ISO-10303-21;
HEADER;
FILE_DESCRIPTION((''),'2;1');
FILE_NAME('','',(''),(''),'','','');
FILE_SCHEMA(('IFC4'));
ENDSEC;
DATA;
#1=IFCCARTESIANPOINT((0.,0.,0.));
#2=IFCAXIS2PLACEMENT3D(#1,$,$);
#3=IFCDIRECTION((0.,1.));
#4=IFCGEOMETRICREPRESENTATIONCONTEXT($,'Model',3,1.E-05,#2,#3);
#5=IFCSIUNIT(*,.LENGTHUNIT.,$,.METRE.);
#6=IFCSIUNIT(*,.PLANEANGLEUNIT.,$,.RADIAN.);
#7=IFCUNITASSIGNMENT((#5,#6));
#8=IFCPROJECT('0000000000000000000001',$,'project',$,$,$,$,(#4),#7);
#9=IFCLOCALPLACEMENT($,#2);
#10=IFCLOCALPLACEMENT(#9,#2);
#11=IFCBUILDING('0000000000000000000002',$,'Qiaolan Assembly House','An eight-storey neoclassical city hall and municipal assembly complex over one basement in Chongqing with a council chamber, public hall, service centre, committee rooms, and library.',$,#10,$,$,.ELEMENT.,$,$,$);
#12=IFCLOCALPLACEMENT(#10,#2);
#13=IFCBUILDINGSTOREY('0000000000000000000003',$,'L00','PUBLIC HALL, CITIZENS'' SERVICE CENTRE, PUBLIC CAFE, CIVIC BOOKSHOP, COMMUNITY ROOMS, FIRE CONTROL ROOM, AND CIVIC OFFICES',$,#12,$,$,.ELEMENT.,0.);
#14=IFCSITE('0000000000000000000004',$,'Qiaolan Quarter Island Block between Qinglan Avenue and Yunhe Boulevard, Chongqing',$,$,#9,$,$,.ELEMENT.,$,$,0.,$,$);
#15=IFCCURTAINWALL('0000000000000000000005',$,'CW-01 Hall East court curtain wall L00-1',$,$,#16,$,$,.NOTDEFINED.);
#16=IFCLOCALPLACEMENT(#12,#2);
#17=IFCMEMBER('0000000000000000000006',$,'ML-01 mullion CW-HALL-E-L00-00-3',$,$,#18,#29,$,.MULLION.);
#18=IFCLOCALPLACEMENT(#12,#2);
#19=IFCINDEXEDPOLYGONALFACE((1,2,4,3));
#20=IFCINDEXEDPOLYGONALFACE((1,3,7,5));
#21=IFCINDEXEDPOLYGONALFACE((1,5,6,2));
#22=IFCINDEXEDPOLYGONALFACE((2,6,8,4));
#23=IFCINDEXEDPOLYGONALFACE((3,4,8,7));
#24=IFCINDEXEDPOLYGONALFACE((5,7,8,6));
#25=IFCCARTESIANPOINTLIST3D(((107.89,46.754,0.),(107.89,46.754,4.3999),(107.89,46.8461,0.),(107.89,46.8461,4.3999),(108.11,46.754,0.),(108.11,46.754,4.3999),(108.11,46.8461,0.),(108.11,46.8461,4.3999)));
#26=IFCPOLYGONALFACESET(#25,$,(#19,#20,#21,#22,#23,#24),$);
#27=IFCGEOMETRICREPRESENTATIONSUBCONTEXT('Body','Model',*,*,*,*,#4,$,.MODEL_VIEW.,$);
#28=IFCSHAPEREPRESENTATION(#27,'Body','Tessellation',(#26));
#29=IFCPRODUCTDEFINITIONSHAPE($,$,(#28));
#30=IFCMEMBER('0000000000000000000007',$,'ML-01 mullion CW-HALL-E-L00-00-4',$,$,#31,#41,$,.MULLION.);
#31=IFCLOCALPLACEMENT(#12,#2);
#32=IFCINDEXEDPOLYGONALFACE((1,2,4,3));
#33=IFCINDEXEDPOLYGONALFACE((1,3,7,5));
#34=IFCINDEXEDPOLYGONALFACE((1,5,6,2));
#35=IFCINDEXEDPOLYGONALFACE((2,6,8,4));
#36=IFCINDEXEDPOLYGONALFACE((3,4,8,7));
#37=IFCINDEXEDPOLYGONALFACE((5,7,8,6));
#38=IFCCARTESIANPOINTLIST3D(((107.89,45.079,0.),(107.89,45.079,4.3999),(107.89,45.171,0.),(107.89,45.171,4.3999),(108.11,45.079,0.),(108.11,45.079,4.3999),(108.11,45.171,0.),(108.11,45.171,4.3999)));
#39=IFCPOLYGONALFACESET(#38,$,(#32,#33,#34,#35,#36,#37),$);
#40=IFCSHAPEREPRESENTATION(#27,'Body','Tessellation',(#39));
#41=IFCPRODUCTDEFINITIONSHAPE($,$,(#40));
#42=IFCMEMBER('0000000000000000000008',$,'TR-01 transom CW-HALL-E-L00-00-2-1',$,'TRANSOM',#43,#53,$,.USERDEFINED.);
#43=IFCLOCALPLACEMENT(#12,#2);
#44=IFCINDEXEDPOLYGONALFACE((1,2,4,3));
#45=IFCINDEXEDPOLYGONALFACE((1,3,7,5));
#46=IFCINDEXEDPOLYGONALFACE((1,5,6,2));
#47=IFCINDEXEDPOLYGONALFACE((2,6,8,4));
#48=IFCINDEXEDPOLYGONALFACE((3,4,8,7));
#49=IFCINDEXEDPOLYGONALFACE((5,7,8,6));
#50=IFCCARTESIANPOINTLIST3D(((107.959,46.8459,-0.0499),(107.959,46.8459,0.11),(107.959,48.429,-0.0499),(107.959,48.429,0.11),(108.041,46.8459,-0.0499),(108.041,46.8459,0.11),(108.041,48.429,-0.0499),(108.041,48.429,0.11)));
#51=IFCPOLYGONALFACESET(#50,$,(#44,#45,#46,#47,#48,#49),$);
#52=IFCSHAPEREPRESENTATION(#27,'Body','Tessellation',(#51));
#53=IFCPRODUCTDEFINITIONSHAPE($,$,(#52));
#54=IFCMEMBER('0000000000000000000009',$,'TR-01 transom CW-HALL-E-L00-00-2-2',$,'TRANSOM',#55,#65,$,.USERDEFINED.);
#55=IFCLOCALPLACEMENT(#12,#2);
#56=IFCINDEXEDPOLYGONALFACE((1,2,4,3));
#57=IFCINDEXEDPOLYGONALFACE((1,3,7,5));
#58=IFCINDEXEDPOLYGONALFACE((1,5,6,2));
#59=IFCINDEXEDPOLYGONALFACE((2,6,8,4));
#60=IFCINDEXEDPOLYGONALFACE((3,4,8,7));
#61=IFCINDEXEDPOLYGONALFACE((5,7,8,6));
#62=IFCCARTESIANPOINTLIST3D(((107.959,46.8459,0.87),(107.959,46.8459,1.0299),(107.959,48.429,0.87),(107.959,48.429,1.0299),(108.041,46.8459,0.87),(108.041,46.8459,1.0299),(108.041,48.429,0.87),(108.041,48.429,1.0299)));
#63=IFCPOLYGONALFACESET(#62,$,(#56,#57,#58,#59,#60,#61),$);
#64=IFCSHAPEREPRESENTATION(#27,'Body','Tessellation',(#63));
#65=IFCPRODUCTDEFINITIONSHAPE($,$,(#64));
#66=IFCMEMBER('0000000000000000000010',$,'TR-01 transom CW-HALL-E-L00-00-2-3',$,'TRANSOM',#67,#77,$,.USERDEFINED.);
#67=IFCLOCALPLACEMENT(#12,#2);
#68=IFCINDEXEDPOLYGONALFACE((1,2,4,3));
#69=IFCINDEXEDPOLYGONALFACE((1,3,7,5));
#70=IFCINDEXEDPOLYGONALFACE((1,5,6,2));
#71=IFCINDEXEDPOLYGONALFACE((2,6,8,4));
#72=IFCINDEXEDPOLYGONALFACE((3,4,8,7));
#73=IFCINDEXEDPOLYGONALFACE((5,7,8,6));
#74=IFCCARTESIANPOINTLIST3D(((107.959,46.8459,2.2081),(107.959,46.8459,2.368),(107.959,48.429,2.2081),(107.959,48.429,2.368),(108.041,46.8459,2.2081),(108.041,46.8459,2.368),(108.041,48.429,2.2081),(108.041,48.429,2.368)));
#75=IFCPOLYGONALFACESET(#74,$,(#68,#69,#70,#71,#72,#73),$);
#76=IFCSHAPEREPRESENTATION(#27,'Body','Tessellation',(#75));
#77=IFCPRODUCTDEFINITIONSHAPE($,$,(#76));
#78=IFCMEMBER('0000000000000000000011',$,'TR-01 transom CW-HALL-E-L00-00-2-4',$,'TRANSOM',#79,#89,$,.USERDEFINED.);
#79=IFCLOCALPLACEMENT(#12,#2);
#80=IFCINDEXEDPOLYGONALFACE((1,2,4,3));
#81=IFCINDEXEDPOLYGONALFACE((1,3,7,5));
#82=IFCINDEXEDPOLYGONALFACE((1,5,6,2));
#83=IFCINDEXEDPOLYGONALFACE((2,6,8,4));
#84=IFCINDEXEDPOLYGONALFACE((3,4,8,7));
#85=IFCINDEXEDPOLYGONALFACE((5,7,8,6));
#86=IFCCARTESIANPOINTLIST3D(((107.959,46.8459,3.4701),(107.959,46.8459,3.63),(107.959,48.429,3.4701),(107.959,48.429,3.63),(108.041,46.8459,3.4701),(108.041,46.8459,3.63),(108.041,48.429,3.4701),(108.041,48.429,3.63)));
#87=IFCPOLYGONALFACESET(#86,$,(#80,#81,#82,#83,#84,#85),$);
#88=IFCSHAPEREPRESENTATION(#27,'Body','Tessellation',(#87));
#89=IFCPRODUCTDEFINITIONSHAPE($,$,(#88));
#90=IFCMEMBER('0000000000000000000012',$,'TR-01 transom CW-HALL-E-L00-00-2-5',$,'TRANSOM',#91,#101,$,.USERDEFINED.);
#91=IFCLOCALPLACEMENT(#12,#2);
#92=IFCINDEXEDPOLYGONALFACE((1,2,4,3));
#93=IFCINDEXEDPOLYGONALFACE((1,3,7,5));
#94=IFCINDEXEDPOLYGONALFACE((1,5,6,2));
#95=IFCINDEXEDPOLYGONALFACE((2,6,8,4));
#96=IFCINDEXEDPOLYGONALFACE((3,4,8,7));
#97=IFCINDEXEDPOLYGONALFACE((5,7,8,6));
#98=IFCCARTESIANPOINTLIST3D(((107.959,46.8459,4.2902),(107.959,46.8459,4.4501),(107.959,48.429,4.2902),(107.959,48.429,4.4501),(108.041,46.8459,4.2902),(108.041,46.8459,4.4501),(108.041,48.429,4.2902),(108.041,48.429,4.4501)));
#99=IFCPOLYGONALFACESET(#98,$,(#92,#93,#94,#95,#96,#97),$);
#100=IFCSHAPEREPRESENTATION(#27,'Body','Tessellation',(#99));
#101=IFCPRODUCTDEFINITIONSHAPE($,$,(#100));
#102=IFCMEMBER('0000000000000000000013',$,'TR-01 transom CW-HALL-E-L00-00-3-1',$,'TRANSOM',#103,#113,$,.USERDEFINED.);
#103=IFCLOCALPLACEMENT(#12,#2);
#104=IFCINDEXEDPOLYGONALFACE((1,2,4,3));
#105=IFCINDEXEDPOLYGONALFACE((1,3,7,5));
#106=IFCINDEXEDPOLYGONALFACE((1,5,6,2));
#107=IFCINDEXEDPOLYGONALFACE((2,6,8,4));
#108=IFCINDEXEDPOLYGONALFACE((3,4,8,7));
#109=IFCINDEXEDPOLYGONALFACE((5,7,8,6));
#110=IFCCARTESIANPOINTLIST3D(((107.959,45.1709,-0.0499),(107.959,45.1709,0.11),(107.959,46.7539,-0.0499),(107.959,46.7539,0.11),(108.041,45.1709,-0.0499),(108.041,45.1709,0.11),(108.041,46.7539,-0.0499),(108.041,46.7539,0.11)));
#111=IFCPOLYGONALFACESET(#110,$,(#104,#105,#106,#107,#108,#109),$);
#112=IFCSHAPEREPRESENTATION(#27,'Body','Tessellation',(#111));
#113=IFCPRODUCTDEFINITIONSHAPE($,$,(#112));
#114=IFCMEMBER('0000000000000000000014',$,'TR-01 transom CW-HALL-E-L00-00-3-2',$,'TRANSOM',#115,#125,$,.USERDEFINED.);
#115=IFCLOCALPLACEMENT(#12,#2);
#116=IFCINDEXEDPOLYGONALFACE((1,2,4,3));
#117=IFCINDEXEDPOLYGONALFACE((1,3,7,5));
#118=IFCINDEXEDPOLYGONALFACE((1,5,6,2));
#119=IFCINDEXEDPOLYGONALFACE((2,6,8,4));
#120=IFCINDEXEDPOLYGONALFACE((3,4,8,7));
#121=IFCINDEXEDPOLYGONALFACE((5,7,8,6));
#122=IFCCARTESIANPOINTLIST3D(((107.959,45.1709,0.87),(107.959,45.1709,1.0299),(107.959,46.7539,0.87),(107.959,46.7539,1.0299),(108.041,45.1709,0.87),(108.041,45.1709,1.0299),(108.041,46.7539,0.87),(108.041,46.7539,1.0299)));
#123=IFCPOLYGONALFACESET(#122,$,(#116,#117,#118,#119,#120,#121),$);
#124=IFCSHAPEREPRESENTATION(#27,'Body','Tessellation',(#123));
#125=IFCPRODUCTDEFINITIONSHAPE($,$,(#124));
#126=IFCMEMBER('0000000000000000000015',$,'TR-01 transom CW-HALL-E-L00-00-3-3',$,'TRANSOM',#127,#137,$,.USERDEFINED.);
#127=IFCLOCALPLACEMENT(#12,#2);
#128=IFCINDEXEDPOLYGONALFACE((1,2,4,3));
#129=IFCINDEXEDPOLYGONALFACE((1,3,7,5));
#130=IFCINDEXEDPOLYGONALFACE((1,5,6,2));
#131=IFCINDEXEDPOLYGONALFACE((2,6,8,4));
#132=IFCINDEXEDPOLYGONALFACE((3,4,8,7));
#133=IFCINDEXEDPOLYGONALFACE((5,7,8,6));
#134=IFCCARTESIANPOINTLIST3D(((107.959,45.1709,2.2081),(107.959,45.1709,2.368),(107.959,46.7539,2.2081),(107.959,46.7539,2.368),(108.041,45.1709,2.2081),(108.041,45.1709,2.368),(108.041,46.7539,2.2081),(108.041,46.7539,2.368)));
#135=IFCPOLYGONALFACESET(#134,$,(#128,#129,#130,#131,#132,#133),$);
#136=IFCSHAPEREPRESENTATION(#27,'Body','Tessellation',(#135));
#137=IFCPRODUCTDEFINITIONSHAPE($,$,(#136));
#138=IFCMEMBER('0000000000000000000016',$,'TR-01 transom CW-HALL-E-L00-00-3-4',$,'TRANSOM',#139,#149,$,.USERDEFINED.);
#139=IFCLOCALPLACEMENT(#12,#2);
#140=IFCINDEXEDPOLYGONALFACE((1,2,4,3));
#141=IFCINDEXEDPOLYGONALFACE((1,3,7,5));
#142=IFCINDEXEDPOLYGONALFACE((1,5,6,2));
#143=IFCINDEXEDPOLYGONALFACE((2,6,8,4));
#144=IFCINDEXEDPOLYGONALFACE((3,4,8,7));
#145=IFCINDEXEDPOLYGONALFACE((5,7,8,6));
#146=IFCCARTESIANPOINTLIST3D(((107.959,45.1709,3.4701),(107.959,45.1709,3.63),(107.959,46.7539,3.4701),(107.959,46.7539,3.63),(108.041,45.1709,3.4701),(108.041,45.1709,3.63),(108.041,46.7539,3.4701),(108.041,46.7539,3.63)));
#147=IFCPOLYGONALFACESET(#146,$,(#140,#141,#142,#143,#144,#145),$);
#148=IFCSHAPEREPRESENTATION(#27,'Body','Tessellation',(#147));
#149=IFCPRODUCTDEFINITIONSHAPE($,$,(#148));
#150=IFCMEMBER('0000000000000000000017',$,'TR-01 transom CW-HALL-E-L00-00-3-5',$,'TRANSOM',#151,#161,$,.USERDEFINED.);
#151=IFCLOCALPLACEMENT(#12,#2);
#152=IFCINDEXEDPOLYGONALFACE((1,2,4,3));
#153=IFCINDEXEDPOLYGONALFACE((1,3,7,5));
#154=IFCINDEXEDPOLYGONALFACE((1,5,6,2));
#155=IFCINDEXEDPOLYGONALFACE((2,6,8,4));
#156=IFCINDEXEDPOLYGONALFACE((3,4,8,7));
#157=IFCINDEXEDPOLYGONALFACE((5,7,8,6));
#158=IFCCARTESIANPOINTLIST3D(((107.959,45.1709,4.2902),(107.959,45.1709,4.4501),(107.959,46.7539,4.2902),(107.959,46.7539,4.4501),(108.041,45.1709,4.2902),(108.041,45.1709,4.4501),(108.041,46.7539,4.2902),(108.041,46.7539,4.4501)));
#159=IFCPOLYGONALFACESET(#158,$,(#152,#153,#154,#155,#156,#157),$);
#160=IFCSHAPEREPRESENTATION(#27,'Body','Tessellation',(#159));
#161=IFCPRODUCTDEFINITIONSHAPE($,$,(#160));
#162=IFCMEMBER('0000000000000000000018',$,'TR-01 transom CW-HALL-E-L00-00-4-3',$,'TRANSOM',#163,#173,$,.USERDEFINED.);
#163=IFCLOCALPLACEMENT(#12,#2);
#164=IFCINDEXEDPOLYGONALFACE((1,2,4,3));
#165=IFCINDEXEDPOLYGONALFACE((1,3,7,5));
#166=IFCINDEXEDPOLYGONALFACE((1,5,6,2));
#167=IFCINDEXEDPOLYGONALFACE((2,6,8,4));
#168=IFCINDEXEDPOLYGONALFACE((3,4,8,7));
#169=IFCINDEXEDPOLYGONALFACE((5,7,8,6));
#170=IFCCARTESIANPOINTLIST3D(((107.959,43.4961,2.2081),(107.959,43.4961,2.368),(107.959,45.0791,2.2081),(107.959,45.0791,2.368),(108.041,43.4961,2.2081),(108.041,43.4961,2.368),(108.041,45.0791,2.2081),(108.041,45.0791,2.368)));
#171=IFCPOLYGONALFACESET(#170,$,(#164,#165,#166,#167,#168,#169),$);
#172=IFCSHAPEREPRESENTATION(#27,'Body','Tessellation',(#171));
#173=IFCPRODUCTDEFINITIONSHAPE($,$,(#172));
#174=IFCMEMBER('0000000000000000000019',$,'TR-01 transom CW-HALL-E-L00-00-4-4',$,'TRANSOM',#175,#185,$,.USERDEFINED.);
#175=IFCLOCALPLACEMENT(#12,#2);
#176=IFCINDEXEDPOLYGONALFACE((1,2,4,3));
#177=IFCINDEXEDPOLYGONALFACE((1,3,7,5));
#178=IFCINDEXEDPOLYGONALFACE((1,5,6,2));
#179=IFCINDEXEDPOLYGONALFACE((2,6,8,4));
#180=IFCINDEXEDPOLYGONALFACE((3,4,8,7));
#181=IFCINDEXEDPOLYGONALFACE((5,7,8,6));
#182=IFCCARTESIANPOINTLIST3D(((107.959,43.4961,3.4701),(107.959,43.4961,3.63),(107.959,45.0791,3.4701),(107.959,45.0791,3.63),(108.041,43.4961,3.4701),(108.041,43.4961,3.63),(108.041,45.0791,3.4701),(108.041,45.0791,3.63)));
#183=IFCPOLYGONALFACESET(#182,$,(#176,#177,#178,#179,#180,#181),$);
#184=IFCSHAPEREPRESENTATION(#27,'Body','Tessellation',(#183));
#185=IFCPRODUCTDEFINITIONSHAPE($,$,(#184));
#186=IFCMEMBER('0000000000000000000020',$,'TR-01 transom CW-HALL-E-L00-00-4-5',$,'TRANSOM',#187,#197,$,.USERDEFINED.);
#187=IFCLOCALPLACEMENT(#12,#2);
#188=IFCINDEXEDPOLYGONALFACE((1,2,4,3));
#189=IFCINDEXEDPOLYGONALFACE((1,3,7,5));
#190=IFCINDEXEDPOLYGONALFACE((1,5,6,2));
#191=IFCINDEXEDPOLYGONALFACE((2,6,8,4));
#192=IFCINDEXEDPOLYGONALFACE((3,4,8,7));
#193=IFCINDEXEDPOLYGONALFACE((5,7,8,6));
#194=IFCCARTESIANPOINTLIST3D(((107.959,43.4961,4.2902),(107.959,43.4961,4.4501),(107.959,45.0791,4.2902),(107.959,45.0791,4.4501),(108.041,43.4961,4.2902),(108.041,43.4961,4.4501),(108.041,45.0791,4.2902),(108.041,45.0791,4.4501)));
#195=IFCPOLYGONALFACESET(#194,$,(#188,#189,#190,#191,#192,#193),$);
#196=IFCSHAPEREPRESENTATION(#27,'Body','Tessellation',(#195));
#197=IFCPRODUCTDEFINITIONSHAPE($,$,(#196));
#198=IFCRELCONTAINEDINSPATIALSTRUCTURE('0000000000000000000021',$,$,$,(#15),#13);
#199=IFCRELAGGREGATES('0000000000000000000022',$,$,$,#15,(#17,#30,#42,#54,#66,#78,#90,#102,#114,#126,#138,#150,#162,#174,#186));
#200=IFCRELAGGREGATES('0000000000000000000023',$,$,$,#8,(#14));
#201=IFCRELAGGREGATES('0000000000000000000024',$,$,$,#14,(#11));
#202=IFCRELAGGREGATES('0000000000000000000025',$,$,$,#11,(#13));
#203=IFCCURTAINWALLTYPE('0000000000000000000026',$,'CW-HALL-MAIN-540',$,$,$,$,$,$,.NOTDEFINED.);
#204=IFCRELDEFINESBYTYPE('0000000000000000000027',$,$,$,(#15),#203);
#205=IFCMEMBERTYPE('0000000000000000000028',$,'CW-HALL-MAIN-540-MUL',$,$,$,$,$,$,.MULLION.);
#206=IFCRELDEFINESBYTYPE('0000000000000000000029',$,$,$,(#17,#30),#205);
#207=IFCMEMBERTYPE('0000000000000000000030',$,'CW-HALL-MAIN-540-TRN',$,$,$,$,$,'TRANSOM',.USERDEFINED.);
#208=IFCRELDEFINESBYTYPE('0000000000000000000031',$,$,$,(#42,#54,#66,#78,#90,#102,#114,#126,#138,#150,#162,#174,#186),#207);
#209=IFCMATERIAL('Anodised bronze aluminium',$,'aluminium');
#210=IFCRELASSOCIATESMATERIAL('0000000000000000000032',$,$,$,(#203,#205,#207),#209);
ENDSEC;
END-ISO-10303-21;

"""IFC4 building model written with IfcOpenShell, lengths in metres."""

from ifc_helpers import new_model, si_unit, direction, frame, origin, origin_2d, place, context, subcontext, project, spatial, rectangle, extrude, material, material_profile, profile_set, type_object, element, aggregate, save


model = new_model("IFC4")

# Units and contexts
model_context = context("Model", 3, precision=1e-05, world=origin(), true_north=direction((0.0, 1.0)))
body_context = subcontext(model_context, "Body", "Model", "MODEL_VIEW")
ifc_project = project(units=[si_unit("LENGTHUNIT", "METRE"), si_unit("PLANEANGLEUNIT", "RADIAN")], contexts=[model_context])

# Site, building, storey
site_placement = place(None, origin())
site = spatial("IfcSite", under=ifc_project, at=site_placement, Name="Qiaolan Quarter Island Block between Qinglan Avenue and Yunhe Boulevard, Chongqing", CompositionType="ELEMENT", RefElevation=0.0)
building_placement = place(site_placement, origin())
building = spatial("IfcBuilding", under=site, at=building_placement, Name="Qiaolan Assembly House", Description="An eight-storey neoclassical city hall and municipal assembly complex over one basement in Chongqing with a council chamber, public hall, service centre, committee rooms, and library.", CompositionType="ELEMENT")
storey_placement = place(building_placement, origin())
storey = spatial("IfcBuildingStorey", under=building, at=storey_placement, Name="L00", Description="PUBLIC HALL, CITIZENS' SERVICE CENTRE, PUBLIC CAFE, CIVIC BOOKSHOP, COMMUNITY ROOMS, FIRE CONTROL ROOM, AND CIVIC OFFICES", CompositionType="ELEMENT", Elevation=0.0)

# Curtain wall, members
ifc_material_1 = material(Name="Anodised bronze aluminium", Category="aluminium")
curtain_wall_type = type_object("IfcCurtainWallType", Name="CW-HALL-MAIN-540", PredefinedType="NOTDEFINED", material=ifc_material_1)
curtain_wall_placement = place(storey_placement, origin())
curtain_wall = element("IfcCurtainWall", 1, at=curtain_wall_placement, inside=storey, type_object=curtain_wall_type, Name="CW-01 Hall East court curtain wall L00-1", PredefinedType="NOTDEFINED")
ifc_material_profile_1 = material_profile(ifc_material_1, rectangle(XDim=0.092, YDim=0.22, at=origin_2d()), Name="MUL 92x220")
ifc_profile_set_1 = profile_set([ifc_material_profile_1], Name="Anodised bronze aluminium")
member_type_1 = type_object("IfcMemberType", Name="CW-HALL-MAIN-540-MUL", PredefinedType="MULLION", material=ifc_profile_set_1)
member_1_placement = place(storey_placement, frame((108.0, 46.8, 0.0), z_axis=(0.0, 0.0, 1.0), x_axis=(0.0, -1.0, 0.0)))
member_1 = element("IfcMember", 2, at=member_1_placement, type_object=member_type_1, Name="ML-01 mullion CW-HALL-E-L00-00-3", PredefinedType="MULLION", context=body_context, shape_type="SweptSolid", body=[
    extrude(rectangle(XDim=0.092, YDim=0.22, at=origin_2d()), origin(), (0.0, 0.0, 1.0), 4.3999),
])
member_2_placement = place(storey_placement, frame((108.0, 45.125, 0.0), z_axis=(0.0, 0.0, 1.0), x_axis=(0.0, -1.0, 0.0)))
member_2 = element("IfcMember", 3, at=member_2_placement, type_object=member_type_1, Name="ML-01 mullion CW-HALL-E-L00-00-4", PredefinedType="MULLION", context=body_context, shape_type="SweptSolid", body=[
    extrude(rectangle(XDim=0.092, YDim=0.22, at=origin_2d()), origin(), (0.0, 0.0, 1.0), 4.3999),
])
ifc_material_profile_2 = material_profile(ifc_material_1, rectangle(XDim=0.082, YDim=0.1599, at=origin_2d()), Name="TRN 82x160")
ifc_profile_set_2 = profile_set([ifc_material_profile_2], Name="Anodised bronze aluminium")
member_type_2 = type_object("IfcMemberType", Name="CW-HALL-MAIN-540-TRN", ElementType="TRANSOM", PredefinedType="USERDEFINED", material=ifc_profile_set_2)
member_3_placement = place(storey_placement, frame((108.0, 48.429, 0.03), z_axis=(0.0, -1.0, 0.0), x_axis=(1.0, 0.0, 0.0)))
member_3 = element("IfcMember", 4, at=member_3_placement, type_object=member_type_2, Name="TR-01 transom CW-HALL-E-L00-00-2-1", ObjectType="TRANSOM", PredefinedType="USERDEFINED", context=body_context, shape_type="SweptSolid", body=[
    extrude(rectangle(XDim=0.082, YDim=0.1599, at=origin_2d()), origin(), (0.0, 0.0, 1.0), 1.583),
])
member_4_placement = place(storey_placement, frame((108.0, 48.429, 0.95), z_axis=(0.0, -1.0, 0.0), x_axis=(1.0, 0.0, 0.0)))
member_4 = element("IfcMember", 5, at=member_4_placement, type_object=member_type_2, Name="TR-01 transom CW-HALL-E-L00-00-2-2", ObjectType="TRANSOM", PredefinedType="USERDEFINED", context=body_context, shape_type="SweptSolid", body=[
    extrude(rectangle(XDim=0.082, YDim=0.1599, at=origin_2d()), origin(), (0.0, 0.0, 1.0), 1.583),
])
member_5_placement = place(storey_placement, frame((108.0, 48.429, 2.2881), z_axis=(0.0, -1.0, 0.0), x_axis=(1.0, 0.0, 0.0)))
member_5 = element("IfcMember", 6, at=member_5_placement, type_object=member_type_2, Name="TR-01 transom CW-HALL-E-L00-00-2-3", ObjectType="TRANSOM", PredefinedType="USERDEFINED", context=body_context, shape_type="SweptSolid", body=[
    extrude(rectangle(XDim=0.082, YDim=0.1599, at=origin_2d()), origin(), (0.0, 0.0, 1.0), 1.583),
])
member_6_placement = place(storey_placement, frame((108.0, 48.429, 3.55), z_axis=(0.0, -1.0, 0.0), x_axis=(1.0, 0.0, 0.0)))
member_6 = element("IfcMember", 7, at=member_6_placement, type_object=member_type_2, Name="TR-01 transom CW-HALL-E-L00-00-2-4", ObjectType="TRANSOM", PredefinedType="USERDEFINED", context=body_context, shape_type="SweptSolid", body=[
    extrude(rectangle(XDim=0.082, YDim=0.1599, at=origin_2d()), origin(), (0.0, 0.0, 1.0), 1.583),
])
member_7_placement = place(storey_placement, frame((108.0, 48.429, 4.3701), z_axis=(0.0, -1.0, 0.0), x_axis=(1.0, 0.0, 0.0)))
member_7 = element("IfcMember", 8, at=member_7_placement, type_object=member_type_2, Name="TR-01 transom CW-HALL-E-L00-00-2-5", ObjectType="TRANSOM", PredefinedType="USERDEFINED", context=body_context, shape_type="SweptSolid", body=[
    extrude(rectangle(XDim=0.082, YDim=0.1599, at=origin_2d()), origin(), (0.0, 0.0, 1.0), 1.583),
])
member_8_placement = place(storey_placement, frame((108.0, 46.7539, 0.03), z_axis=(0.0, -1.0, 0.0), x_axis=(1.0, 0.0, 0.0)))
member_8 = element("IfcMember", 9, at=member_8_placement, type_object=member_type_2, Name="TR-01 transom CW-HALL-E-L00-00-3-1", ObjectType="TRANSOM", PredefinedType="USERDEFINED", context=body_context, shape_type="SweptSolid", body=[
    extrude(rectangle(XDim=0.082, YDim=0.1599, at=origin_2d()), origin(), (0.0, 0.0, 1.0), 1.583),
])
member_9_placement = place(storey_placement, frame((108.0, 46.7539, 0.95), z_axis=(0.0, -1.0, 0.0), x_axis=(1.0, 0.0, 0.0)))
member_9 = element("IfcMember", 10, at=member_9_placement, type_object=member_type_2, Name="TR-01 transom CW-HALL-E-L00-00-3-2", ObjectType="TRANSOM", PredefinedType="USERDEFINED", context=body_context, shape_type="SweptSolid", body=[
    extrude(rectangle(XDim=0.082, YDim=0.1599, at=origin_2d()), origin(), (0.0, 0.0, 1.0), 1.583),
])
member_10_placement = place(storey_placement, frame((108.0, 46.7539, 2.2881), z_axis=(0.0, -1.0, 0.0), x_axis=(1.0, 0.0, 0.0)))
member_10 = element("IfcMember", 11, at=member_10_placement, type_object=member_type_2, Name="TR-01 transom CW-HALL-E-L00-00-3-3", ObjectType="TRANSOM", PredefinedType="USERDEFINED", context=body_context, shape_type="SweptSolid", body=[
    extrude(rectangle(XDim=0.082, YDim=0.1599, at=origin_2d()), origin(), (0.0, 0.0, 1.0), 1.583),
])
member_11_placement = place(storey_placement, frame((108.0, 46.7539, 3.55), z_axis=(0.0, -1.0, 0.0), x_axis=(1.0, 0.0, 0.0)))
member_11 = element("IfcMember", 12, at=member_11_placement, type_object=member_type_2, Name="TR-01 transom CW-HALL-E-L00-00-3-4", ObjectType="TRANSOM", PredefinedType="USERDEFINED", context=body_context, shape_type="SweptSolid", body=[
    extrude(rectangle(XDim=0.082, YDim=0.1599, at=origin_2d()), origin(), (0.0, 0.0, 1.0), 1.583),
])
member_12_placement = place(storey_placement, frame((108.0, 46.7539, 4.3701), z_axis=(0.0, -1.0, 0.0), x_axis=(1.0, 0.0, 0.0)))
member_12 = element("IfcMember", 13, at=member_12_placement, type_object=member_type_2, Name="TR-01 transom CW-HALL-E-L00-00-3-5", ObjectType="TRANSOM", PredefinedType="USERDEFINED", context=body_context, shape_type="SweptSolid", body=[
    extrude(rectangle(XDim=0.082, YDim=0.1599, at=origin_2d()), origin(), (0.0, 0.0, 1.0), 1.583),
])
member_13_placement = place(storey_placement, frame((108.0, 45.0791, 2.2881), z_axis=(0.0, -1.0, 0.0), x_axis=(1.0, 0.0, 0.0)))
member_13 = element("IfcMember", 14, at=member_13_placement, type_object=member_type_2, Name="TR-01 transom CW-HALL-E-L00-00-4-3", ObjectType="TRANSOM", PredefinedType="USERDEFINED", context=body_context, shape_type="SweptSolid", body=[
    extrude(rectangle(XDim=0.082, YDim=0.1599, at=origin_2d()), origin(), (0.0, 0.0, 1.0), 1.583),
])
member_14_placement = place(storey_placement, frame((108.0, 45.0791, 3.55), z_axis=(0.0, -1.0, 0.0), x_axis=(1.0, 0.0, 0.0)))
member_14 = element("IfcMember", 15, at=member_14_placement, type_object=member_type_2, Name="TR-01 transom CW-HALL-E-L00-00-4-4", ObjectType="TRANSOM", PredefinedType="USERDEFINED", context=body_context, shape_type="SweptSolid", body=[
    extrude(rectangle(XDim=0.082, YDim=0.1599, at=origin_2d()), origin(), (0.0, 0.0, 1.0), 1.583),
])
member_15_placement = place(storey_placement, frame((108.0, 45.0791, 4.3701), z_axis=(0.0, -1.0, 0.0), x_axis=(1.0, 0.0, 0.0)))
member_15 = element("IfcMember", 16, at=member_15_placement, type_object=member_type_2, Name="TR-01 transom CW-HALL-E-L00-00-4-5", ObjectType="TRANSOM", PredefinedType="USERDEFINED", context=body_context, shape_type="SweptSolid", body=[
    extrude(rectangle(XDim=0.082, YDim=0.1599, at=origin_2d()), origin(), (0.0, 0.0, 1.0), 1.583),
])
aggregate(curtain_wall, [member_1, member_2, member_3, member_4, member_5, member_6, member_7, member_8, member_9, member_10, member_11, member_12, member_13, member_14, member_15])

save(model, "model.ifc")
